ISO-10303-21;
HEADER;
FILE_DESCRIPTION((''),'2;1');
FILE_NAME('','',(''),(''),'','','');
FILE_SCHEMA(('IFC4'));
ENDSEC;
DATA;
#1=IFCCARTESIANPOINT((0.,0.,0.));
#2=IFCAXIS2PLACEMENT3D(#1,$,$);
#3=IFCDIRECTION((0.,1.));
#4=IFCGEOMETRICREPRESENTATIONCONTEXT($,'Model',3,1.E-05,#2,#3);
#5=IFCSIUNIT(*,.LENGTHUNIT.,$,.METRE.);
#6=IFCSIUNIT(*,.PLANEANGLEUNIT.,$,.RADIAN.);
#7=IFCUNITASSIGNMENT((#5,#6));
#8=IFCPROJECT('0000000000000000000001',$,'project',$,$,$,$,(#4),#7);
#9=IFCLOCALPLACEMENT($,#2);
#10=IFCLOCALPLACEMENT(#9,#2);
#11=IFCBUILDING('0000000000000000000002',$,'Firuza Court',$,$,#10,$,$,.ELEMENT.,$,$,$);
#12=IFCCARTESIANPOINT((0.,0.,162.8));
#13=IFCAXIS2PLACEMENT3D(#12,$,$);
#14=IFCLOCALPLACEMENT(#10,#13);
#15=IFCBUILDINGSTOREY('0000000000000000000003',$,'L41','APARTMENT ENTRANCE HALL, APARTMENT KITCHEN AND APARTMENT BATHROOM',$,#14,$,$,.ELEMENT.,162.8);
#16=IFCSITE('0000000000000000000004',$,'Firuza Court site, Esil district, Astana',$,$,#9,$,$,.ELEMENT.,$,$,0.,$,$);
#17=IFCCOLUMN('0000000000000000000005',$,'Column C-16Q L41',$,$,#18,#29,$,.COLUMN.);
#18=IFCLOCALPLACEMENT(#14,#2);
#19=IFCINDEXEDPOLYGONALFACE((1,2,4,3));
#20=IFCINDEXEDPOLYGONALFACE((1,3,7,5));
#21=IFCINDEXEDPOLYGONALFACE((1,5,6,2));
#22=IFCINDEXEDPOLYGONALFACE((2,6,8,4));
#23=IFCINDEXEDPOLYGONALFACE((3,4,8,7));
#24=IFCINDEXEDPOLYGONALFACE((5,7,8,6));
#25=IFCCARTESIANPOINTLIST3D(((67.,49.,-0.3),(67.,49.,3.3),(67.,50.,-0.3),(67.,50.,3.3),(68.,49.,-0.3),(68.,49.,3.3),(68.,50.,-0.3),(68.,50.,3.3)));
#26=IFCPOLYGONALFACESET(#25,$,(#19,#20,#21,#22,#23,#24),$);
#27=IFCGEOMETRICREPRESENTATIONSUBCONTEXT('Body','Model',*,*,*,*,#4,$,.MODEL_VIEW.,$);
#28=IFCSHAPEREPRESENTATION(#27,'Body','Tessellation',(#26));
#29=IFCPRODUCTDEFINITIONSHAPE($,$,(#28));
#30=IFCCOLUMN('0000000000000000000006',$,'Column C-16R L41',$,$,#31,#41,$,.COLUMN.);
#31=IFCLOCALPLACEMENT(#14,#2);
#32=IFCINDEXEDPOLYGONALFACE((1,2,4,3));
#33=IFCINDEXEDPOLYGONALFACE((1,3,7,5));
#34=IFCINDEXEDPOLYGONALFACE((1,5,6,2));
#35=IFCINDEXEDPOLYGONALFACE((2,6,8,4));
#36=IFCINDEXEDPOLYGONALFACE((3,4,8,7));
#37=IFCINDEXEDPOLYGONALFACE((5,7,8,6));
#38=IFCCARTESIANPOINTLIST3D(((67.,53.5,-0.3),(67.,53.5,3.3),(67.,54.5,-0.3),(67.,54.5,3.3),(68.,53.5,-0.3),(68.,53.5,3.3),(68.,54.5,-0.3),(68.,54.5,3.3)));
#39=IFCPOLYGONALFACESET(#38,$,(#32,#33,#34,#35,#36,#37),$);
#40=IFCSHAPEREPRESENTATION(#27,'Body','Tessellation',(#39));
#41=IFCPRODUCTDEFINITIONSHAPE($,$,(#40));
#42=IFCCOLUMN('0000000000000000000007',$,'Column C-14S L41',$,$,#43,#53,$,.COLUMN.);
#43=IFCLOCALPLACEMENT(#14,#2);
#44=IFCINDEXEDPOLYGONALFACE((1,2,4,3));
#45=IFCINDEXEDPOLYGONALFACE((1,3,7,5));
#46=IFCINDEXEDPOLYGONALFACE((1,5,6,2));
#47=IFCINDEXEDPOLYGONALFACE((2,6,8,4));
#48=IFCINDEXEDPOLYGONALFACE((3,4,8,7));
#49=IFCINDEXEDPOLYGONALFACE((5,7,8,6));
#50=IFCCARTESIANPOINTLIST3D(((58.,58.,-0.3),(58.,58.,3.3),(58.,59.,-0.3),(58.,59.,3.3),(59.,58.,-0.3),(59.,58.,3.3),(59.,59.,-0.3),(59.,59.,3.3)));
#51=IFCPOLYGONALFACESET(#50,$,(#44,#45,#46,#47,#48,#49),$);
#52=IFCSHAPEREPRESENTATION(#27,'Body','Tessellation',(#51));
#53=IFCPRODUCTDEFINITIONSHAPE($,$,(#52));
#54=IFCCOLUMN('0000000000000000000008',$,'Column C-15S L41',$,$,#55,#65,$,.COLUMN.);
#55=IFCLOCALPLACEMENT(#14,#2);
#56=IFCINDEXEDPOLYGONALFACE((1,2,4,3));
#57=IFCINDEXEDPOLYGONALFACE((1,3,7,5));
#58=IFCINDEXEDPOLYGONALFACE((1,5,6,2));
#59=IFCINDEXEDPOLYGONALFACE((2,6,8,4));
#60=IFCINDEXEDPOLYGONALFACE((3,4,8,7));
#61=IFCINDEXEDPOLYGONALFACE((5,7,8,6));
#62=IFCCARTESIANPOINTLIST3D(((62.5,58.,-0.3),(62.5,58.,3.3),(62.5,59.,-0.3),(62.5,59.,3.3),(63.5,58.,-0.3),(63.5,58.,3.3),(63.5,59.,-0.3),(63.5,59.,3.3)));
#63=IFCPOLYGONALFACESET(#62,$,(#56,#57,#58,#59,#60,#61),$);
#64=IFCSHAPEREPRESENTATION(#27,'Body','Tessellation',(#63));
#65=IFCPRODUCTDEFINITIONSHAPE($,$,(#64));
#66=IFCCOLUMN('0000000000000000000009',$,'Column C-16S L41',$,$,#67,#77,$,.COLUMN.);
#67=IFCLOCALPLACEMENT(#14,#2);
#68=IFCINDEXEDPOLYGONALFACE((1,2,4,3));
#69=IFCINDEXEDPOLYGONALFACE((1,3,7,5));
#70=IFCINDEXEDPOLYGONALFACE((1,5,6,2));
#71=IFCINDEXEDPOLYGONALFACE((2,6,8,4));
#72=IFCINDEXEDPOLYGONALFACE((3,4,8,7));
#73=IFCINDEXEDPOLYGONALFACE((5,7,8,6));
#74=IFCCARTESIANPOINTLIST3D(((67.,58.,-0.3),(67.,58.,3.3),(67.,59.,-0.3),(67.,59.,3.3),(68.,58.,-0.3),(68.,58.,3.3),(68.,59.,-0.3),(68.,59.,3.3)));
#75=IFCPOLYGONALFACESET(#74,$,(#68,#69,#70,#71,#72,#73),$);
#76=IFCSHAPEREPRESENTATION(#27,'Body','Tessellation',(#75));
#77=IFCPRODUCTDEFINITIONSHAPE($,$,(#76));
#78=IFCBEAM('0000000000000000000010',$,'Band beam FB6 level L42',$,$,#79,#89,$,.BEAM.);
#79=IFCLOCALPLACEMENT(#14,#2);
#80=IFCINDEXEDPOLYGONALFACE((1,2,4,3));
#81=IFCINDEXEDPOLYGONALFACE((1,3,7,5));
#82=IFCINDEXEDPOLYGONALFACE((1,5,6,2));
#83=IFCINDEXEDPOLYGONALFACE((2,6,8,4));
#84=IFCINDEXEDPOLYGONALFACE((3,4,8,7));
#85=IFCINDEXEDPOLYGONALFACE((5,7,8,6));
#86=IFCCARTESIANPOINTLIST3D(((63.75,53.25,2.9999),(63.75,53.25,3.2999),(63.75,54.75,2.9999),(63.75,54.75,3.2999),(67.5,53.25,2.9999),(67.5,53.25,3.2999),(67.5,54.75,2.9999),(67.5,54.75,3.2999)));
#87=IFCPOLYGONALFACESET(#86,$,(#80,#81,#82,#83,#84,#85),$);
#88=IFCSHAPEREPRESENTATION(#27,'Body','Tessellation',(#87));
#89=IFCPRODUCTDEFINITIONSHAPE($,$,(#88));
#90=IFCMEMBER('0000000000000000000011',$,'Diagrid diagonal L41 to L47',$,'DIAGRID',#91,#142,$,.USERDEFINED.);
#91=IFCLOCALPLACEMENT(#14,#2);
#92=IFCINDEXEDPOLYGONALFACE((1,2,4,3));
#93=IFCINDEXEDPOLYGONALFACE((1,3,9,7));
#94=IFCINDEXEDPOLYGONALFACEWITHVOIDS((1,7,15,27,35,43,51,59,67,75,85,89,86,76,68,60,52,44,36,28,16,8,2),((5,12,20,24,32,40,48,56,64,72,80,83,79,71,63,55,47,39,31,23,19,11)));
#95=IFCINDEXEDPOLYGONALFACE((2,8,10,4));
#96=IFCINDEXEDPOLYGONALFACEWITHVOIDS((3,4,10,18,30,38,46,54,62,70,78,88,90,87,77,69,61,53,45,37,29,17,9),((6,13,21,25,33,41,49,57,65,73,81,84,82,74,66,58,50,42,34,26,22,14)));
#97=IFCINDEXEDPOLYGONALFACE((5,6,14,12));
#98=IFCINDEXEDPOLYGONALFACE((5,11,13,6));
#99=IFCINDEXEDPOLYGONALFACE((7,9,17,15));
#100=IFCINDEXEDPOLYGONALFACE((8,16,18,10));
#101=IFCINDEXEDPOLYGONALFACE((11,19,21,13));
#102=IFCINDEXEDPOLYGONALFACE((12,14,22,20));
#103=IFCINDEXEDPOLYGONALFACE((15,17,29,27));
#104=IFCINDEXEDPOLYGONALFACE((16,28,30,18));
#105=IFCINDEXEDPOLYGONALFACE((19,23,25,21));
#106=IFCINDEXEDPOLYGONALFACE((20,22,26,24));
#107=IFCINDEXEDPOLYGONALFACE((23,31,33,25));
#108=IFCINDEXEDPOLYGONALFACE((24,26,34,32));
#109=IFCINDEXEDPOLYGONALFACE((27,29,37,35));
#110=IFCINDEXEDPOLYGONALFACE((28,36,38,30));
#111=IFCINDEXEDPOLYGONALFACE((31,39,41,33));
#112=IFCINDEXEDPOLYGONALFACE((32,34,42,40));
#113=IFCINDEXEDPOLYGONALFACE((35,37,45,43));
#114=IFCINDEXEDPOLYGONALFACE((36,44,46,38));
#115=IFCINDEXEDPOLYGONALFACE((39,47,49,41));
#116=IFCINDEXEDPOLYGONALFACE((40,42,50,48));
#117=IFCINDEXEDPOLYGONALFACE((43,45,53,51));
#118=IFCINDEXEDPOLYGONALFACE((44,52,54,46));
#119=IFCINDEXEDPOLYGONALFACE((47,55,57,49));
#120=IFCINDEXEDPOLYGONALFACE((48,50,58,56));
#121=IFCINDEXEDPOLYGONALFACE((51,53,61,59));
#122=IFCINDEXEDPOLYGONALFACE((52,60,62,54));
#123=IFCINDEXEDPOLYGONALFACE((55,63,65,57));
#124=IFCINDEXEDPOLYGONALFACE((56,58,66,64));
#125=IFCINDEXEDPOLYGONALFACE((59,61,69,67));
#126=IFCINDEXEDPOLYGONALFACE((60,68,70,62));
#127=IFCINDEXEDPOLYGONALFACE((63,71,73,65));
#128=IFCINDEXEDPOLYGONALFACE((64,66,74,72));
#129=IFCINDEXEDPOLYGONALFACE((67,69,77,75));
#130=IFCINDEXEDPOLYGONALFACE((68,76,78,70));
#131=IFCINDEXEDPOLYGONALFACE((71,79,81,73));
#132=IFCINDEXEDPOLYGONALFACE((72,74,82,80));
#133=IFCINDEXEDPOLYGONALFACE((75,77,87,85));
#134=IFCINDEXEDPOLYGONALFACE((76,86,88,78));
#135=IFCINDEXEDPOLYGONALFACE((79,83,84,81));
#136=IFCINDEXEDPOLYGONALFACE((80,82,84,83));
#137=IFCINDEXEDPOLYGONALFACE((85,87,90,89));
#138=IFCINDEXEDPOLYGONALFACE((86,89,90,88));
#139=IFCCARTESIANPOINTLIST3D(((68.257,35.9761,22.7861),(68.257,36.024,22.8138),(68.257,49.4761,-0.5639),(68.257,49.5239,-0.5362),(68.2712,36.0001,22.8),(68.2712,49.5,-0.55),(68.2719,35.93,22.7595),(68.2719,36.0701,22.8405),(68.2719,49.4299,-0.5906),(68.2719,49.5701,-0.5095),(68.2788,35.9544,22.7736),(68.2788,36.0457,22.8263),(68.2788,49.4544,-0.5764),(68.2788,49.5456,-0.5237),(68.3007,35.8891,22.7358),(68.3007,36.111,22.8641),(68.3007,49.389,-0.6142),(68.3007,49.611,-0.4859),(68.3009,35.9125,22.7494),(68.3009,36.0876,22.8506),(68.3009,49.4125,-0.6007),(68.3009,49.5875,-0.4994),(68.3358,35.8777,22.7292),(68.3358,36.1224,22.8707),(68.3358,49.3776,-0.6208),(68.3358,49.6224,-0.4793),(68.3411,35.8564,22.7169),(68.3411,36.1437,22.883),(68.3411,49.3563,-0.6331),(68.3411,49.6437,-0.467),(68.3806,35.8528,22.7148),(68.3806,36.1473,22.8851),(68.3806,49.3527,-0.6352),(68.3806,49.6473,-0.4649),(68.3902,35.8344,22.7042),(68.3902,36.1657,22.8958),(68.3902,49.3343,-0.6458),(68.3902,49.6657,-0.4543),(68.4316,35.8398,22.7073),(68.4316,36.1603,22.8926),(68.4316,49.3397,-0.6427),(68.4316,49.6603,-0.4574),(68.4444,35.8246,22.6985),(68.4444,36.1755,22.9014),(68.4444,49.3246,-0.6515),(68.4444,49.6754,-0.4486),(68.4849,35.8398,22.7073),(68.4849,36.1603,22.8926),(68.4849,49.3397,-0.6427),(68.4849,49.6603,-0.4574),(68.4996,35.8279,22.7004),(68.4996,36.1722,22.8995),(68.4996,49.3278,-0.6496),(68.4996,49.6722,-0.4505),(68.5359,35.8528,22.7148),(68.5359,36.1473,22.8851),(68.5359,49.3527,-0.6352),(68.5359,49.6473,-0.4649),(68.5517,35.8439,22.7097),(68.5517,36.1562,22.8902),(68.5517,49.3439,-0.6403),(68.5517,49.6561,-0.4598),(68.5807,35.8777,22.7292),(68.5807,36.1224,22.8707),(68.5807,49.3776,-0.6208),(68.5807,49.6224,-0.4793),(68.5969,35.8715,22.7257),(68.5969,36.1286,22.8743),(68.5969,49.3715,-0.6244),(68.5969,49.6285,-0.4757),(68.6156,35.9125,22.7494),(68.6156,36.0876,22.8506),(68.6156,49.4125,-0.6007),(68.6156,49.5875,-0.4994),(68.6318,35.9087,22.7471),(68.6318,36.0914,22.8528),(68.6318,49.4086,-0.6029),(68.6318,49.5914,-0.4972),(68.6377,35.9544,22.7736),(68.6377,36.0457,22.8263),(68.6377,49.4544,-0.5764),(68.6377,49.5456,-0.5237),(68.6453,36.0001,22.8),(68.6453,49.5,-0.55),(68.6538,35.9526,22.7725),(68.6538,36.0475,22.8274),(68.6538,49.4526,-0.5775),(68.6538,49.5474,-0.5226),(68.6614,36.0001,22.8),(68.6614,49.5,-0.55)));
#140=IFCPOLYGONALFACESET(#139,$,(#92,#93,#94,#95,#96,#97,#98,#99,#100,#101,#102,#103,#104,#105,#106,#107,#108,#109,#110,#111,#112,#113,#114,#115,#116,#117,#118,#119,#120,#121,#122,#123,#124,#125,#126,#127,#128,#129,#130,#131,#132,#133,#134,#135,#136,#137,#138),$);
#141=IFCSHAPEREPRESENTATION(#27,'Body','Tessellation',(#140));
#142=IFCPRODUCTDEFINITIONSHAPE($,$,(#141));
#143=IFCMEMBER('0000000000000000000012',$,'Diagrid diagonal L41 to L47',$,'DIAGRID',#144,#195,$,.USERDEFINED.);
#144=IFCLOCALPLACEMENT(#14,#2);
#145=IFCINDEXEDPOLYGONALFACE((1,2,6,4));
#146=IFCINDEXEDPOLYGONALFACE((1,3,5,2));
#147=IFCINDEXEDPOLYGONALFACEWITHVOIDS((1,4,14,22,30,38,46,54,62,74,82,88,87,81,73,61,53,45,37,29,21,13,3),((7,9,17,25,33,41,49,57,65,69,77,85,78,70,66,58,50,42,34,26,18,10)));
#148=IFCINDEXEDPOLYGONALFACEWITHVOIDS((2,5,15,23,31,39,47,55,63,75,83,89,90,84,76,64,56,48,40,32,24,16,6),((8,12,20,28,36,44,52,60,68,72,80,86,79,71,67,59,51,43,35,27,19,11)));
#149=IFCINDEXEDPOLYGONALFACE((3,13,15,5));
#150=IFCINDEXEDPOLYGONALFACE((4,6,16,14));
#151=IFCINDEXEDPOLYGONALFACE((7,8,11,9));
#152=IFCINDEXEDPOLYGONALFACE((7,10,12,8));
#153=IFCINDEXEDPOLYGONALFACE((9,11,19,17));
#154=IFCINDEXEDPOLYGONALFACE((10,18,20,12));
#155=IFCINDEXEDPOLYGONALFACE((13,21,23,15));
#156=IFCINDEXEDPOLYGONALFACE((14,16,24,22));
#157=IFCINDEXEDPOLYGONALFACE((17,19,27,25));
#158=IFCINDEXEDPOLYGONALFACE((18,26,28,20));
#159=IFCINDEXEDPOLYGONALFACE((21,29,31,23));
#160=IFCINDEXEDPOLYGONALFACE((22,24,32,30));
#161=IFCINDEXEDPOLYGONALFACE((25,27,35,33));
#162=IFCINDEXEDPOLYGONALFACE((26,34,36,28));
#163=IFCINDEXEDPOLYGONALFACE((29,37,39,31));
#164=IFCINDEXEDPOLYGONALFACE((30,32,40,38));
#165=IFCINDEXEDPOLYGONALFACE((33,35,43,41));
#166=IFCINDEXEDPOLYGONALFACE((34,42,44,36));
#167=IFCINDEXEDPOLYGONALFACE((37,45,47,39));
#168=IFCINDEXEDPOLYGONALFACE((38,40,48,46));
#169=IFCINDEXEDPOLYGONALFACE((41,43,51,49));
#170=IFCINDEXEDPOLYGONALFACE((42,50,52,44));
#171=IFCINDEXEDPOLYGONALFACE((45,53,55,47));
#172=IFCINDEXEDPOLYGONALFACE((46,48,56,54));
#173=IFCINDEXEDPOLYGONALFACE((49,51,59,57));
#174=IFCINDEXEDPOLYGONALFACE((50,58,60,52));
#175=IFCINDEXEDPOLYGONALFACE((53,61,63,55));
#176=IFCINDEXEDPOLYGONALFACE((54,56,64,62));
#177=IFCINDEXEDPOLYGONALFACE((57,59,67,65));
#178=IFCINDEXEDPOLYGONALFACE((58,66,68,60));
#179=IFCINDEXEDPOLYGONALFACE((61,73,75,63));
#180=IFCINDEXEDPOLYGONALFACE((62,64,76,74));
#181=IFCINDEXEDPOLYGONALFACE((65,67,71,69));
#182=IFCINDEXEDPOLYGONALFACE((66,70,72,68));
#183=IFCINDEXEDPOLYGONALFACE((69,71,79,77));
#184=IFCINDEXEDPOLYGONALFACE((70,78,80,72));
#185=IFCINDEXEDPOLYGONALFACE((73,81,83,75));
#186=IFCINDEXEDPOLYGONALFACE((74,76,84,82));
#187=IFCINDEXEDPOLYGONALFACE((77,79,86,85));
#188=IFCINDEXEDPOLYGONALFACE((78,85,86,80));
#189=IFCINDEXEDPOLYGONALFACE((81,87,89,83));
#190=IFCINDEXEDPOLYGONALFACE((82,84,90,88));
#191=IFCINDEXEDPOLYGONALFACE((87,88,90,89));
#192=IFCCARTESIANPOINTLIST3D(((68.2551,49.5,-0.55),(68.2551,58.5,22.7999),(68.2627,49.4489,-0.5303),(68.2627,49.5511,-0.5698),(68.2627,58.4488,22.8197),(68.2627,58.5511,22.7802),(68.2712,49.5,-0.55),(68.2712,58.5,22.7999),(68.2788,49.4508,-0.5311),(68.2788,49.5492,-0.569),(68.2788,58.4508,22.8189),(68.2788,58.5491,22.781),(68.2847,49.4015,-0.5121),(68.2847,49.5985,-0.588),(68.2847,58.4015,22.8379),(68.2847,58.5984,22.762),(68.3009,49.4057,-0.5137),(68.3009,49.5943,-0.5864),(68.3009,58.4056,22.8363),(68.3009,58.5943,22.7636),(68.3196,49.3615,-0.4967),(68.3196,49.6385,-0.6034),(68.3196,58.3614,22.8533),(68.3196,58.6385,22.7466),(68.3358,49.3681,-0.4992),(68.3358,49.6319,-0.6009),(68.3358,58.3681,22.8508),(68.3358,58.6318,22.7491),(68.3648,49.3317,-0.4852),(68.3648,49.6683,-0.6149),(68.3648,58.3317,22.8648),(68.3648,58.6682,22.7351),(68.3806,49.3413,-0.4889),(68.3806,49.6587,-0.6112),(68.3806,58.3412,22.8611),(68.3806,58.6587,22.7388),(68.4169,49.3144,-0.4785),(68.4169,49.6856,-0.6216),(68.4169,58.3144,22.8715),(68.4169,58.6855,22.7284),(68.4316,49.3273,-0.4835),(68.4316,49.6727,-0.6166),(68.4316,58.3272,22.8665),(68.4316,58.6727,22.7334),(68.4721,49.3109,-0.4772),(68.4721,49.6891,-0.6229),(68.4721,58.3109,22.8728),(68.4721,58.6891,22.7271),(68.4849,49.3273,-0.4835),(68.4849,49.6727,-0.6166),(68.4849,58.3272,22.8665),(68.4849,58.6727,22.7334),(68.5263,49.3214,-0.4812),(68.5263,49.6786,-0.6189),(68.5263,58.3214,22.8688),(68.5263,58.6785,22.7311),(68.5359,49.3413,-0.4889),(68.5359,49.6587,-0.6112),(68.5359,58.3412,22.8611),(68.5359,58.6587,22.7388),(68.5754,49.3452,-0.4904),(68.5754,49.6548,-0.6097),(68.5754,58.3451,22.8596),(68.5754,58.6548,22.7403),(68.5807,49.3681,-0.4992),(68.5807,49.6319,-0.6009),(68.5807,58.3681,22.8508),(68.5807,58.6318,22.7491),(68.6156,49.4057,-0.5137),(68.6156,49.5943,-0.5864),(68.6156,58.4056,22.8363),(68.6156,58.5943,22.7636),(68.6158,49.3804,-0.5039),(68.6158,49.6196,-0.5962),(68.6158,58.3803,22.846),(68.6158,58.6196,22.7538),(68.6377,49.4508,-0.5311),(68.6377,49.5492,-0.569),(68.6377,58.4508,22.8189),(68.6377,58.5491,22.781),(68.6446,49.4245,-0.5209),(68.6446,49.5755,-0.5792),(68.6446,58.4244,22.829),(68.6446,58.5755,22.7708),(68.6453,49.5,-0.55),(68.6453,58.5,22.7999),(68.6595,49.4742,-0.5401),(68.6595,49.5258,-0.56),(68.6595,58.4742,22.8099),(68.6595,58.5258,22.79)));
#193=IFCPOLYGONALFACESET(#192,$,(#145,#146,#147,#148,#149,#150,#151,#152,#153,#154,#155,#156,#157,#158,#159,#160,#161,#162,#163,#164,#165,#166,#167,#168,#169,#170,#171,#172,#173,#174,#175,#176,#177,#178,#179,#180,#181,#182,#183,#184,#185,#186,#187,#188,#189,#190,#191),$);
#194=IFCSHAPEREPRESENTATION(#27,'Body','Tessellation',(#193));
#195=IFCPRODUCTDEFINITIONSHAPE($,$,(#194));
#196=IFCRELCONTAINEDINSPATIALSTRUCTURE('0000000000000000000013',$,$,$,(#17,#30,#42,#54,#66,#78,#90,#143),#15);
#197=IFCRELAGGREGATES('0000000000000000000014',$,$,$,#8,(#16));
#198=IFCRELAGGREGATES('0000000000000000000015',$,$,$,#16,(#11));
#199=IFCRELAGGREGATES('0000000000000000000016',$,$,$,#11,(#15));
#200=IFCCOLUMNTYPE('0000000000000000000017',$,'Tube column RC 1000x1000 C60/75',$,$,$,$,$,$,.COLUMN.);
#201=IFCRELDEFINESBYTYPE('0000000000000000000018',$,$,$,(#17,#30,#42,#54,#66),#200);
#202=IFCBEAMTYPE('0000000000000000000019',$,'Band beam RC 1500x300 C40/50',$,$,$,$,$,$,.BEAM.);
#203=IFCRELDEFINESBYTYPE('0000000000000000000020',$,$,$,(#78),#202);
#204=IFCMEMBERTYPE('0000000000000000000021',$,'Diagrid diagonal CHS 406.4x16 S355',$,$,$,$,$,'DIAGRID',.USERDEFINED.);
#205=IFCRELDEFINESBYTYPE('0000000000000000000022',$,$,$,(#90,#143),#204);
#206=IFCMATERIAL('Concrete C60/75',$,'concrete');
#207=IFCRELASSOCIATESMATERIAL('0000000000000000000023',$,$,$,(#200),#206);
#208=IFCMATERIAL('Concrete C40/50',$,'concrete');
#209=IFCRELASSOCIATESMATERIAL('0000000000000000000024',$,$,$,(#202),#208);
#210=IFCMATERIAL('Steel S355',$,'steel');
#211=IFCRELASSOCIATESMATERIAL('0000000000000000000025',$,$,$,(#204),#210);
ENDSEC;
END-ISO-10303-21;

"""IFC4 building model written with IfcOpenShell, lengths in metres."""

from ifc_helpers import new_model, si_unit, direction, frame, origin, origin_2d, place, context, subcontext, project, spatial, rectangle, hollow_circle, extrude, material, material_profile, profile_set, type_object, element, save


model = new_model("IFC4")

# Units and contexts
model_context = context("Model", 3, precision=1e-05, world=origin(), true_north=direction((0.0, 1.0)))
body_context = subcontext(model_context, "Body", "Model", "MODEL_VIEW")
ifc_project = project(units=[si_unit("LENGTHUNIT", "METRE"), si_unit("PLANEANGLEUNIT", "RADIAN")], contexts=[model_context])

# Site, building, storey
site_placement = place(None, origin())
site = spatial("IfcSite", under=ifc_project, at=site_placement, Name="Firuza Court site, Esil district, Astana", CompositionType="ELEMENT", RefElevation=0.0)
building_placement = place(site_placement, origin())
building = spatial("IfcBuilding", under=site, at=building_placement, Name="Firuza Court", CompositionType="ELEMENT")
storey_placement = place(building_placement, frame((0.0, 0.0, 162.8)))
storey = spatial("IfcBuildingStorey", under=building, at=storey_placement, Name="L41", Description="APARTMENT ENTRANCE HALL, APARTMENT KITCHEN AND APARTMENT BATHROOM", CompositionType="ELEMENT", Elevation=162.8)

# Columns
ifc_material_1 = material(Name="Concrete C60/75", Category="concrete")
ifc_material_profile_1 = material_profile(ifc_material_1, rectangle(XDim=1.0, YDim=1.0, at=origin_2d()), Name="RC 1000x1000")
ifc_profile_set_1 = profile_set([ifc_material_profile_1], Name="Concrete C60/75")
column_type = type_object("IfcColumnType", Name="Tube column RC 1000x1000 C60/75", PredefinedType="COLUMN", material=ifc_profile_set_1)
for number, where, z_axis, x_axis, name in (
    (1, (67.5, 49.5, -0.3), (0.0, 0.0, 1.0), (1.0, 0.0, 0.0), "Column C-16Q L41"),
    (2, (67.5, 54.0, -0.3), (0.0, 0.0, 1.0), (1.0, 0.0, 0.0), "Column C-16R L41"),
    (3, (58.5, 58.5, -0.3), (0.0, 0.0, 1.0), (1.0, 0.0, 0.0), "Column C-14S L41"),
    (4, (63.0, 58.5, -0.3), (0.0, 0.0, 1.0), (1.0, 0.0, 0.0), "Column C-15S L41"),
    (5, (67.5, 58.5, -0.3), (0.0, 0.0, 1.0), (1.0, 0.0, 0.0), "Column C-16S L41"),
):
    element("IfcColumn", number, at=place(storey_placement, frame(where, z_axis=z_axis, x_axis=x_axis)), inside=storey, type_object=column_type, Name=name, PredefinedType="COLUMN", context=body_context, shape_type="SweptSolid", body=[
        extrude(rectangle(XDim=1.0, YDim=1.0, at=origin_2d()), origin(), (0.0, 0.0, 1.0), 3.6001),
    ])

# Beam
ifc_material_2 = material(Name="Concrete C40/50", Category="concrete")
ifc_material_profile_2 = material_profile(ifc_material_2, rectangle(XDim=1.5, YDim=0.3, at=origin_2d()), Name="RC 1500x300")
ifc_profile_set_2 = profile_set([ifc_material_profile_2], Name="Concrete C40/50")
beam_type_1 = type_object("IfcBeamType", Name="Band beam RC 1500x300 C40/50", PredefinedType="BEAM", material=ifc_profile_set_2)
beam_placement = place(storey_placement, frame((67.5, 54.0, 3.1499), z_axis=(-1.0, 0.0, 0.0), x_axis=(0.0, -1.0, 0.0)))
element("IfcBeam", 6, at=beam_placement, inside=storey, type_object=beam_type_1, Name="Band beam FB6 level L42", PredefinedType="BEAM", context=body_context, shape_type="SweptSolid", body=[
    extrude(rectangle(XDim=1.5, YDim=0.3, at=origin_2d()), origin(), (0.0, 0.0, 1.0), 3.75),
])

# Members
ifc_material_3 = material(Name="Steel S355", Category="steel")
ifc_material_profile_3 = material_profile(ifc_material_3, hollow_circle(Radius=0.2031, WallThickness=0.0161, at=origin_2d()), Name="CHS 406.4x16")
ifc_profile_set_3 = profile_set([ifc_material_profile_3], Name="Steel S355")
member_type = type_object("IfcMemberType", Name="Diagrid diagonal CHS 406.4x16 S355", ElementType="DIAGRID", PredefinedType="USERDEFINED", material=ifc_profile_set_3)
member_1_placement = place(storey_placement, frame((68.4583, 49.5, -0.55), z_axis=(0.0, -0.500523, 0.865723), x_axis=(1.0, 0.0, 0.0)))
element("IfcMember", 7, at=member_1_placement, inside=storey, type_object=member_type, Name="Diagrid diagonal L41 to L47", ObjectType="DIAGRID", PredefinedType="USERDEFINED", context=body_context, shape_type="SweptSolid", body=[
    extrude(hollow_circle(Radius=0.2031, WallThickness=0.0161, at=origin_2d()), origin(), (0.0, 0.0, 1.0), 26.9717),
])
member_2_placement = place(storey_placement, frame((68.4583, 49.5, -0.55), z_axis=(0.0, 0.359647, 0.933088), x_axis=(-1.0, 0.0, 0.0)))
element("IfcMember", 8, at=member_2_placement, inside=storey, type_object=member_type, Name="Diagrid diagonal L41 to L47", ObjectType="DIAGRID", PredefinedType="USERDEFINED", context=body_context, shape_type="SweptSolid", body=[
    extrude(hollow_circle(Radius=0.2031, WallThickness=0.0161, at=origin_2d()), origin(), (0.0, 0.0, 1.0), 25.0244),
])

save(model, "model.ifc")
